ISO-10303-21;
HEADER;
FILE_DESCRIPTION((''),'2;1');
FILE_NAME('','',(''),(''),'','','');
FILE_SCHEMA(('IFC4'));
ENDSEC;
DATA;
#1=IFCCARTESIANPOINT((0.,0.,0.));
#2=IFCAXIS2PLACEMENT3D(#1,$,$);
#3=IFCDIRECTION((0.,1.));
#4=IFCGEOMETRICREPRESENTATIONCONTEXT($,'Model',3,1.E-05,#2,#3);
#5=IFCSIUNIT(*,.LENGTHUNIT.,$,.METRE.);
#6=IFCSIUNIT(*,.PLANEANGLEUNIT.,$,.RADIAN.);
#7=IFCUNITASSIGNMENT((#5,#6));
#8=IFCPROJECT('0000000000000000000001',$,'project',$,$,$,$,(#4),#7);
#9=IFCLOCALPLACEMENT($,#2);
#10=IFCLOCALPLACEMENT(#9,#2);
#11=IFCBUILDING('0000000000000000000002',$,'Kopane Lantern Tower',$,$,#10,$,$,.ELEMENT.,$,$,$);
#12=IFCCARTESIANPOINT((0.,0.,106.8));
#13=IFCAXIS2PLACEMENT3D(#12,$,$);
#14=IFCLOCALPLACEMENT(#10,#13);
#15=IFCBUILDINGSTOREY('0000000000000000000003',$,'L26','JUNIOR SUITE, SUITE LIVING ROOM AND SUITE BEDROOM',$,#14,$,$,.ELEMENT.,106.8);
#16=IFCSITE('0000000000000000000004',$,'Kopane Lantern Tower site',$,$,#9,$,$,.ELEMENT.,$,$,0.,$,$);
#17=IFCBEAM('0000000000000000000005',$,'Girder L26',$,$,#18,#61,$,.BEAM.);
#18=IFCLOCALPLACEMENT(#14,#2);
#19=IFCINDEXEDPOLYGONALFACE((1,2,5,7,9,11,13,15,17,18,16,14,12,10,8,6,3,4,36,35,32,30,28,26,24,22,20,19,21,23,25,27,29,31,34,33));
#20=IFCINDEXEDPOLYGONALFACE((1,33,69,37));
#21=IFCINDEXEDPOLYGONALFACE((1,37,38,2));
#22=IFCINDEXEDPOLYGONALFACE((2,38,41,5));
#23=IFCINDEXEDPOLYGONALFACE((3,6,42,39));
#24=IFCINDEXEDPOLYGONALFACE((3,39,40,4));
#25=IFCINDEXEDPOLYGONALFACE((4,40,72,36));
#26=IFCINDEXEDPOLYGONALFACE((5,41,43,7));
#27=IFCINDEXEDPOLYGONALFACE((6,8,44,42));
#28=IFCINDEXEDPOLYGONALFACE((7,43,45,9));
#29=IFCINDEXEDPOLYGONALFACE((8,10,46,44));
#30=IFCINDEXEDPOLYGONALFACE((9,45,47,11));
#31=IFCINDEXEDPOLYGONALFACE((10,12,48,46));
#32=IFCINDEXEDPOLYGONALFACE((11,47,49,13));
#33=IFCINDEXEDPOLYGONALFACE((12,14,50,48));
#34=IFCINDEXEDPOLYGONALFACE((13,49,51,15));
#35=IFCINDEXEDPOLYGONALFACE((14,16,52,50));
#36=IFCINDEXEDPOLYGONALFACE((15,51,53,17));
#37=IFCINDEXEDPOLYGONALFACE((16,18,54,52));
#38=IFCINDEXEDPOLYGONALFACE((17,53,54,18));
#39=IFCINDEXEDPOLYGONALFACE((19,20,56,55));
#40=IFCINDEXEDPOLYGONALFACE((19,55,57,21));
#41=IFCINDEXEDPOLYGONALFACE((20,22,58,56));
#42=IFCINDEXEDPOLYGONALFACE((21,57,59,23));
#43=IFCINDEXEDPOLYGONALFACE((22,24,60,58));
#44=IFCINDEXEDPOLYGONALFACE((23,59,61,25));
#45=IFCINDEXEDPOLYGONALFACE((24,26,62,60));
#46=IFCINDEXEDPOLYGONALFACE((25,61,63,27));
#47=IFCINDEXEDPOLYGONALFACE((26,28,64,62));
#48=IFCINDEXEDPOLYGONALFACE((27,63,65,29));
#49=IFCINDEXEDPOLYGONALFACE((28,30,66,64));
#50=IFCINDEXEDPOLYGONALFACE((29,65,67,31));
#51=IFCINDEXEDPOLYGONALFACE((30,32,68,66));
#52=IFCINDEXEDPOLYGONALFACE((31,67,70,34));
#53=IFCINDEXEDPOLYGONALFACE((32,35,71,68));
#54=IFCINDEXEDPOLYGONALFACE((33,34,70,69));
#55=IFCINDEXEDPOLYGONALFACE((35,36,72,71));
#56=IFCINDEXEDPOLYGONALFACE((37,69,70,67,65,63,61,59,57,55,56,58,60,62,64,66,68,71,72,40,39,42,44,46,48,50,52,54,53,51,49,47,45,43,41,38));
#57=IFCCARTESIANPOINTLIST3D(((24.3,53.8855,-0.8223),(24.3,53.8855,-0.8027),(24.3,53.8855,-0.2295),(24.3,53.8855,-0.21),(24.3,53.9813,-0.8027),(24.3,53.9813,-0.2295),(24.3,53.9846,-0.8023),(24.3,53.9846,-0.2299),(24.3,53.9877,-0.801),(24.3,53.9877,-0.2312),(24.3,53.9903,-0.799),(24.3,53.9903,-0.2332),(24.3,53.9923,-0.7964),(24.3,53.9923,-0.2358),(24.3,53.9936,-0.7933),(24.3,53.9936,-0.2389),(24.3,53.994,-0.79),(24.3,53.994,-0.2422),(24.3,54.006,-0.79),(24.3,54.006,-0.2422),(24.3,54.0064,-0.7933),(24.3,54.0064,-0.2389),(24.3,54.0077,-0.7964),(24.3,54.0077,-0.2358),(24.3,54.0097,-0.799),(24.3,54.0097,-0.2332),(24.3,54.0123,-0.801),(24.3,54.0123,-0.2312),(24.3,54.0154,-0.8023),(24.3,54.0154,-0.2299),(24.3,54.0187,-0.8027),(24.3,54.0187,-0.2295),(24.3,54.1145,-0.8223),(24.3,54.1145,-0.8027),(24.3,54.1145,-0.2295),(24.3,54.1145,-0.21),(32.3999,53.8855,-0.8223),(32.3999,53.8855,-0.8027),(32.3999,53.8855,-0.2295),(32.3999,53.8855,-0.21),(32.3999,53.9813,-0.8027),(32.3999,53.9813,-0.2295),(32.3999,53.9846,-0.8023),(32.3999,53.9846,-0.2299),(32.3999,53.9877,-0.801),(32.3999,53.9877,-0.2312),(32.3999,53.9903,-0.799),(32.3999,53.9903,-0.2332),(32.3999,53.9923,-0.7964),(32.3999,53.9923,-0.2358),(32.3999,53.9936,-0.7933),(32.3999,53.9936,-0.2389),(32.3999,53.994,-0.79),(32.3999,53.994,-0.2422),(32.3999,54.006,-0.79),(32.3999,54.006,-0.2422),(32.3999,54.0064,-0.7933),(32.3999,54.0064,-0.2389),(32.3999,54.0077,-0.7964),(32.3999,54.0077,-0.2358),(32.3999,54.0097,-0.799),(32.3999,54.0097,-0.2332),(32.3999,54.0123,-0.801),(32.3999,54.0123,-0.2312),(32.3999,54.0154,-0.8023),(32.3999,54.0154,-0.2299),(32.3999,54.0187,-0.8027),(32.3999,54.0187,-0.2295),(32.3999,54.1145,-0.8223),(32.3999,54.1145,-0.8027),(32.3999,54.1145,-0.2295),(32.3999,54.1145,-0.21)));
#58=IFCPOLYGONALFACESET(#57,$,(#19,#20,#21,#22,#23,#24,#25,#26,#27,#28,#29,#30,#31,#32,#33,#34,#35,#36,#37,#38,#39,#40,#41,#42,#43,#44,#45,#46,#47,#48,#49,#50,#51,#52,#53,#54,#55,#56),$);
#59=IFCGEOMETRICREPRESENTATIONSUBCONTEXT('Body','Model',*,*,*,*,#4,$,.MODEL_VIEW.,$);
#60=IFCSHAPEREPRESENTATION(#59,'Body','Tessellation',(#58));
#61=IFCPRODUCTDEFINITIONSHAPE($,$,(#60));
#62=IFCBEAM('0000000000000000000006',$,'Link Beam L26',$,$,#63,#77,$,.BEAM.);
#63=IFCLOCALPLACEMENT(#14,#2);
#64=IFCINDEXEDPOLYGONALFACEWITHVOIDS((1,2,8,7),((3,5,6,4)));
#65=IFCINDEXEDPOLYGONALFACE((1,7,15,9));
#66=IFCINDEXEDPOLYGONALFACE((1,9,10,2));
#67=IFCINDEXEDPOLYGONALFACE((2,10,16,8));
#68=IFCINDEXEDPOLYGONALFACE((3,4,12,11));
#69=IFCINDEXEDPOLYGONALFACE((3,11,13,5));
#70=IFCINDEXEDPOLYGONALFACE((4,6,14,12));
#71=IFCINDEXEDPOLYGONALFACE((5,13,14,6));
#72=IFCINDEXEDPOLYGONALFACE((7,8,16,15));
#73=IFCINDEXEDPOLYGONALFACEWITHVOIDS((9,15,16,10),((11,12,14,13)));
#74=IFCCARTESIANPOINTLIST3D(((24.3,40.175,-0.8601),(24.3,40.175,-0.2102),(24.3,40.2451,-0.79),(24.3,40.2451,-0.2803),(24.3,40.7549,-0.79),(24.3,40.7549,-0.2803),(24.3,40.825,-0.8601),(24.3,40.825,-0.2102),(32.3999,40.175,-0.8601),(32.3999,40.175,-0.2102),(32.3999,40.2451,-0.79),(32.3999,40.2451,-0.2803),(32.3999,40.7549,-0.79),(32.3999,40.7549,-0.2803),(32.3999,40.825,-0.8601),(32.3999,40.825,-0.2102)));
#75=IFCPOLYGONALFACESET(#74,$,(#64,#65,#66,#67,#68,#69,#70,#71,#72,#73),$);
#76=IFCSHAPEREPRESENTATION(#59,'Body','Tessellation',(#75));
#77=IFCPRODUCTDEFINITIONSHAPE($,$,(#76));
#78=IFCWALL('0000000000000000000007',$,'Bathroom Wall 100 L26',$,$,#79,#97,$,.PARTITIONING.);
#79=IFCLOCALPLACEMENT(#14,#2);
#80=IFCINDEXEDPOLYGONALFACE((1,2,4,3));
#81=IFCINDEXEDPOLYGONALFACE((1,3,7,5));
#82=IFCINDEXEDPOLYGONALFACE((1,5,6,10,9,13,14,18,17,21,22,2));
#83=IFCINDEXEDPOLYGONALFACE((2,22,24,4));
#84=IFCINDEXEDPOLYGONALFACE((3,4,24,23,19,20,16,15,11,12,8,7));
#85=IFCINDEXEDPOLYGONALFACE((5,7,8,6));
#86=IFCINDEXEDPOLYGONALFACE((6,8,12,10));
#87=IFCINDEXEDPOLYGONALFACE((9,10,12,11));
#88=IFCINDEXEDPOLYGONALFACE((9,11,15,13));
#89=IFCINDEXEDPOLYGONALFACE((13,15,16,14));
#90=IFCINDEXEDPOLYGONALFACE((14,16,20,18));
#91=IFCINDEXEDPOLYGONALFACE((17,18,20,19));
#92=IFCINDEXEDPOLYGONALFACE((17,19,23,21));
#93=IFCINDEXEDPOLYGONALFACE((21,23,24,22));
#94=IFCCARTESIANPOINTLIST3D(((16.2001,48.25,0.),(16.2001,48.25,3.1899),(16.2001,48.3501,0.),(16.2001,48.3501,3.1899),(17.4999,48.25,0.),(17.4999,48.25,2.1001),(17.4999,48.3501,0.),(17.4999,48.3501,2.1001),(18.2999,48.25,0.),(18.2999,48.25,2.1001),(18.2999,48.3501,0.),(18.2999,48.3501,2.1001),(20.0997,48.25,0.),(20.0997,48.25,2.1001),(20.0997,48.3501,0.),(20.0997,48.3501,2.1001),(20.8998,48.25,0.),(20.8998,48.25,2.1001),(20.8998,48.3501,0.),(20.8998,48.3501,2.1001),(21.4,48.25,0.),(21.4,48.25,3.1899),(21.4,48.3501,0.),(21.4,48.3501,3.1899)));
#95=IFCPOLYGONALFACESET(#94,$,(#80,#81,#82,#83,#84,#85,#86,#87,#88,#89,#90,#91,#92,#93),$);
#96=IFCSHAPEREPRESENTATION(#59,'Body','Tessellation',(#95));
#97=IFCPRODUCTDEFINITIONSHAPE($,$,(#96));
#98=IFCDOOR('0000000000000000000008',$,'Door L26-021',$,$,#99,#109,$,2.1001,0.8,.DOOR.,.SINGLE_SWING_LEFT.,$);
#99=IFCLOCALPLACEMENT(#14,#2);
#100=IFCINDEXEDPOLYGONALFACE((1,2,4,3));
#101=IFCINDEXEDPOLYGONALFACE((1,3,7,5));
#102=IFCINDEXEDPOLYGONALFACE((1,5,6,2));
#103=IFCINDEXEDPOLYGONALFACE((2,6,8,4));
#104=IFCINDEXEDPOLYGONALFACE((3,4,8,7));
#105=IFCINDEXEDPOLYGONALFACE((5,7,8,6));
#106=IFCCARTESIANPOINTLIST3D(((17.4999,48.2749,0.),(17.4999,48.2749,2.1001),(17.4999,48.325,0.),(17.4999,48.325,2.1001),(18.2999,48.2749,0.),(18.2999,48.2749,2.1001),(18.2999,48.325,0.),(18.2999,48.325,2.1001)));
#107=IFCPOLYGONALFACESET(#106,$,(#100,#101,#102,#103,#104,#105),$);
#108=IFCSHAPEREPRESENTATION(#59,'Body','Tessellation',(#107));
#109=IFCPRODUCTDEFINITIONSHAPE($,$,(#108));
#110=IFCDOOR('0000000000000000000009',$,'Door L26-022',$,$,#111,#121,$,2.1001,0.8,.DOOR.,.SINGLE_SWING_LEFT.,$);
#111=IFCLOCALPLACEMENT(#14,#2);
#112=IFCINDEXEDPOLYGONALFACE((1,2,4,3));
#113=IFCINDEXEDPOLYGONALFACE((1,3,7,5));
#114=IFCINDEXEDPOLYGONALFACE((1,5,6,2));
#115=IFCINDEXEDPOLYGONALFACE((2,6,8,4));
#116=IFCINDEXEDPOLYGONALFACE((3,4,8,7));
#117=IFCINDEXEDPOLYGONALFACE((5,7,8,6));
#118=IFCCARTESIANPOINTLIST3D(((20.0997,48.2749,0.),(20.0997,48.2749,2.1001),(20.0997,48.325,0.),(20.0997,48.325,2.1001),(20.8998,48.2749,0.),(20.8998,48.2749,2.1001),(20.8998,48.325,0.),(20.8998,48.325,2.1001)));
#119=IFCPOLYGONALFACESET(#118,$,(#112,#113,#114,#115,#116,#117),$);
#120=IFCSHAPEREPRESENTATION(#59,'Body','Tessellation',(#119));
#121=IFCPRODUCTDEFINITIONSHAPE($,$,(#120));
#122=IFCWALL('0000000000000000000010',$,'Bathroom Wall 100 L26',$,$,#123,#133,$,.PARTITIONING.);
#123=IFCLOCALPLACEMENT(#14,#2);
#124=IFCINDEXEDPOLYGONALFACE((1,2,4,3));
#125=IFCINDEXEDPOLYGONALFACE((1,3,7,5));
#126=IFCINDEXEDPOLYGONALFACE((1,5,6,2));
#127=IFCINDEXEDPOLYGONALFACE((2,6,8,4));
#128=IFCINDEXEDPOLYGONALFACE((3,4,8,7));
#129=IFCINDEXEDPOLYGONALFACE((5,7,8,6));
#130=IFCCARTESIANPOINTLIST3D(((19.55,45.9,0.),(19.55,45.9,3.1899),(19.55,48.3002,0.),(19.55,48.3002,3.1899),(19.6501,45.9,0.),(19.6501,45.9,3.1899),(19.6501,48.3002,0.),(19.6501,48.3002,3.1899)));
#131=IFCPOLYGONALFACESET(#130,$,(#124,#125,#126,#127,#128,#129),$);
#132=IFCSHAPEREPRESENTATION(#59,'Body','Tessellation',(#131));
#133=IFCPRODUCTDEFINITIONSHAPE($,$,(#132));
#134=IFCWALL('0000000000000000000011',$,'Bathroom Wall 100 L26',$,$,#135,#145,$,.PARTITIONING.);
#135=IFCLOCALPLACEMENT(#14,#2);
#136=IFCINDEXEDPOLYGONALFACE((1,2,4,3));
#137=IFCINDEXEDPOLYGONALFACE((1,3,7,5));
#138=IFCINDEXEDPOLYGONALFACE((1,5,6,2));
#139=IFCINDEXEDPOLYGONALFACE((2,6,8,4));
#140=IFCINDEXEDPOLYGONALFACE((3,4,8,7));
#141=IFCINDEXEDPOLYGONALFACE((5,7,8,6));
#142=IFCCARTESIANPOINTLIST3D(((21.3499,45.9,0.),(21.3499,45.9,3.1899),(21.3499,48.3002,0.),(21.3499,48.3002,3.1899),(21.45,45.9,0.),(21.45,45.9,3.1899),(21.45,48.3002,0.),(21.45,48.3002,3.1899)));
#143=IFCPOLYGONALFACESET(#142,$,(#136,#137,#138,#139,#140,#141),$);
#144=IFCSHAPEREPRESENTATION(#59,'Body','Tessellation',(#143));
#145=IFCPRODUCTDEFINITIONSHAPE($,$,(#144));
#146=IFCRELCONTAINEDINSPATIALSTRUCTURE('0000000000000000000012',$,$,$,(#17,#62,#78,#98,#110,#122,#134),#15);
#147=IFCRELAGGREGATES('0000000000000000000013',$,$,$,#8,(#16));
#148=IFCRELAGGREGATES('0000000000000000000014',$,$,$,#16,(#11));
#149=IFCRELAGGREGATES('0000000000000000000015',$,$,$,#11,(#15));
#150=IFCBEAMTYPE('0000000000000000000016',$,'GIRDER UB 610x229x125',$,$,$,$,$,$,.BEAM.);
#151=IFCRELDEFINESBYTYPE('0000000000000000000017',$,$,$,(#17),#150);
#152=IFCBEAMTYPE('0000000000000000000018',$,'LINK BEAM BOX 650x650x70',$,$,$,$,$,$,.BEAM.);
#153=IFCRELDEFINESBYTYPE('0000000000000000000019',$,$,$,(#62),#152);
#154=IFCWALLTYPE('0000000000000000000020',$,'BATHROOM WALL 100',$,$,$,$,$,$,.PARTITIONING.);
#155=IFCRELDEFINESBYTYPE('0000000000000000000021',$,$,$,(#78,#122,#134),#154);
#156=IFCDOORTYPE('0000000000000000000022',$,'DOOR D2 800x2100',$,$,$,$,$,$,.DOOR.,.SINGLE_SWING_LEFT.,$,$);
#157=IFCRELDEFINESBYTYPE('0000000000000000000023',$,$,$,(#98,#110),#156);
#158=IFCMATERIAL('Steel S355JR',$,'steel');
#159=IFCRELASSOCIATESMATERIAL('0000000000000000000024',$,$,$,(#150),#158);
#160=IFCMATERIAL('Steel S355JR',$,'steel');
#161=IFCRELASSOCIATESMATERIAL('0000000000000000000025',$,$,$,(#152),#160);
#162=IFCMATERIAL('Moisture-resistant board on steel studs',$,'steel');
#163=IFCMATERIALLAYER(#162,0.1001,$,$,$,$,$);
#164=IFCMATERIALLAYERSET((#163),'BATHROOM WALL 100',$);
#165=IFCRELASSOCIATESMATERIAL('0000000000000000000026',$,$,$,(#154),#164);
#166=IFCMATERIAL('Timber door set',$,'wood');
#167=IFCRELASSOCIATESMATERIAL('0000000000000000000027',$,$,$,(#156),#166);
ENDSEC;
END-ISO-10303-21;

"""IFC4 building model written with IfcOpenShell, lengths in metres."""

from ifc_helpers import new_model, si_unit, direction, frame, frame_2d, origin, origin_2d, place, context, subcontext, project, spatial, rectangle, hollow_rectangle, i_section, extrude, material, layer, layer_set, material_profile, profile_set, type_object, element, fill, save


model = new_model("IFC4")

# Units and contexts
model_context = context("Model", 3, precision=1e-05, world=origin(), true_north=direction((0.0, 1.0)))
body_context = subcontext(model_context, "Body", "Model", "MODEL_VIEW")
ifc_project = project(units=[si_unit("LENGTHUNIT", "METRE"), si_unit("PLANEANGLEUNIT", "RADIAN")], contexts=[model_context])

# Site, building, storey
site_placement = place(None, origin())
site = spatial("IfcSite", under=ifc_project, at=site_placement, Name="Kopane Lantern Tower site", CompositionType="ELEMENT", RefElevation=0.0)
building_placement = place(site_placement, origin())
building = spatial("IfcBuilding", under=site, at=building_placement, Name="Kopane Lantern Tower", CompositionType="ELEMENT")
storey_placement = place(building_placement, frame((0.0, 0.0, 106.8)))
storey = spatial("IfcBuildingStorey", under=building, at=storey_placement, Name="L26", Description="JUNIOR SUITE, SUITE LIVING ROOM AND SUITE BEDROOM", CompositionType="ELEMENT", Elevation=106.8)

# Beams
ifc_material_1 = material(Name="Steel S355JR", Category="steel")
ifc_material_profile_1 = material_profile(ifc_material_1, i_section(OverallWidth=0.229, OverallDepth=0.6123, WebThickness=0.012, FlangeThickness=0.0195, FilletRadius=0.0127, at=origin_2d()), Name="UB 610x229x125")
ifc_profile_set_1 = profile_set([ifc_material_profile_1], Name="Steel S355JR")
beam_type_1 = type_object("IfcBeamType", Name="GIRDER UB 610x229x125", PredefinedType="BEAM", material=ifc_profile_set_1)
for number, where, z_axis, x_axis, name in (
    (1, (24.3, 54.0, -0.5161), (1.0, 0.0, 0.0), (0.0, 1.0, 0.0), "Girder L26"),
):
    element("IfcBeam", number, at=place(storey_placement, frame(where, z_axis=z_axis, x_axis=x_axis)), inside=storey, type_object=beam_type_1, Name=name, PredefinedType="BEAM", context=body_context, shape_type="SweptSolid", body=[
        extrude(i_section(OverallWidth=0.229, OverallDepth=0.6123, WebThickness=0.012, FlangeThickness=0.0195, FilletRadius=0.0127, at=origin_2d()), origin(), (0.0, 0.0, 1.0), 8.0999),
    ])
ifc_material_2 = material(Name="Steel S355JR", Category="steel")
ifc_material_profile_2 = material_profile(ifc_material_2, hollow_rectangle(XDim=0.6499, YDim=0.6499, WallThickness=0.0701, at=origin_2d()), Name="BOX 650x650x70")
ifc_profile_set_2 = profile_set([ifc_material_profile_2], Name="Steel S355JR")
beam_type_2 = type_object("IfcBeamType", Name="LINK BEAM BOX 650x650x70", PredefinedType="BEAM", material=ifc_profile_set_2)
beam_1_placement = place(storey_placement, frame((24.3, 40.5, -0.5352), z_axis=(1.0, 0.0, 0.0), x_axis=(0.0, 1.0, 0.0)))
element("IfcBeam", 2, at=beam_1_placement, inside=storey, type_object=beam_type_2, Name="Link Beam L26", PredefinedType="BEAM", context=body_context, shape_type="SweptSolid", body=[
    extrude(hollow_rectangle(XDim=0.6499, YDim=0.6499, WallThickness=0.0701, at=origin_2d()), origin(), (0.0, 0.0, 1.0), 8.0999),
])

# Wall, openings, doors
ifc_material_3 = material(Name="Moisture-resistant board on steel studs", Category="steel")
ifc_layer_1 = layer(ifc_material_3, 0.1001)
ifc_layer_set_1 = layer_set([ifc_layer_1], Name="BATHROOM WALL 100")
wall_type_1 = type_object("IfcWallType", Name="BATHROOM WALL 100", PredefinedType="PARTITIONING", material=ifc_layer_set_1)
wall_1_placement = place(storey_placement, frame((16.2, 48.3, 0.0), z_axis=(0.0, 0.0, 1.0), x_axis=(1.0, 0.0, 0.0)))
wall_1 = element("IfcWall", 3, at=wall_1_placement, inside=storey, type_object=wall_type_1, Name="Bathroom Wall 100 L26", PredefinedType="PARTITIONING", context=body_context, shape_type="SweptSolid", body=[
    extrude(rectangle(XDim=5.2, YDim=0.1001, at=frame_2d((2.6001, 0.0))), origin(), (0.0, 0.0, 1.0), 3.1899),
])
opening_1_placement = place(wall_1_placement, frame((1.3, 0.0, 0.0)))
opening_1 = element("IfcOpeningElement", 4, at=opening_1_placement, cuts=wall_1, PredefinedType="OPENING", context=body_context, shape_type="SweptSolid", body=[
    extrude(rectangle(XDim=0.8, YDim=2.1001, at=frame_2d((0.3999, 1.05))), frame((0.0, 0.0601, 0.0), z_axis=(0.0, -1.0, 0.0), x_axis=(1.0, 0.0, 0.0)), (0.0, 0.0, 1.0), 0.1201),
])
opening_2_placement = place(wall_1_placement, frame((3.8999, 0.0, 0.0)))
opening_2 = element("IfcOpeningElement", 5, at=opening_2_placement, cuts=wall_1, PredefinedType="OPENING", context=body_context, shape_type="SweptSolid", body=[
    extrude(rectangle(XDim=0.8, YDim=2.1001, at=frame_2d((0.3999, 1.05))), frame((0.0, 0.0601, 0.0), z_axis=(0.0, -1.0, 0.0), x_axis=(1.0, 0.0, 0.0)), (0.0, 0.0, 1.0), 0.1201),
])
ifc_material_4 = material(Name="Timber door set", Category="wood")
door_type_1 = type_object("IfcDoorType", Name="DOOR D2 800x2100", OperationType="SINGLE_SWING_LEFT", PredefinedType="DOOR", material=ifc_material_4)
door_1_placement = place(opening_1_placement, origin())
door_1 = element("IfcDoor", 6, at=door_1_placement, inside=storey, type_object=door_type_1, Name="Door L26-021", OperationType="SINGLE_SWING_LEFT", OverallHeight=2.1001, OverallWidth=0.8, PredefinedType="DOOR", context=body_context, shape_type="SweptSolid", body=[
    extrude(rectangle(XDim=0.8, YDim=2.1001, at=frame_2d((0.3999, 1.05))), frame((0.0, 0.0249, 0.0), z_axis=(0.0, -1.0, 0.0), x_axis=(1.0, 0.0, 0.0)), (0.0, 0.0, 1.0), 0.05),
])
fill(opening_1, door_1)
door_2_placement = place(opening_2_placement, origin())
door_2 = element("IfcDoor", 7, at=door_2_placement, inside=storey, type_object=door_type_1, Name="Door L26-022", OperationType="SINGLE_SWING_LEFT", OverallHeight=2.1001, OverallWidth=0.8, PredefinedType="DOOR", context=body_context, shape_type="SweptSolid", body=[
    extrude(rectangle(XDim=0.8, YDim=2.1001, at=frame_2d((0.3999, 1.05))), frame((0.0, 0.0249, 0.0), z_axis=(0.0, -1.0, 0.0), x_axis=(1.0, 0.0, 0.0)), (0.0, 0.0, 1.0), 0.05),
])
fill(opening_2, door_2)

# Walls
for number, where, z_axis, x_axis, name in (
    (8, (19.6001, 45.8999, 0.0), (0.0, 0.0, 1.0), (0.0, 1.0, 0.0), "Bathroom Wall 100 L26"),
    (9, (21.3999, 45.8999, 0.0), (0.0, 0.0, 1.0), (0.0, 1.0, 0.0), "Bathroom Wall 100 L26"),
):
    element("IfcWall", number, at=place(storey_placement, frame(where, z_axis=z_axis, x_axis=x_axis)), inside=storey, type_object=wall_type_1, Name=name, PredefinedType="PARTITIONING", context=body_context, shape_type="SweptSolid", body=[
        extrude(rectangle(XDim=2.4001, YDim=0.1001, at=frame_2d((1.2002, 0.0))), origin(), (0.0, 0.0, 1.0), 3.1899),
    ])

save(model, "model.ifc")
